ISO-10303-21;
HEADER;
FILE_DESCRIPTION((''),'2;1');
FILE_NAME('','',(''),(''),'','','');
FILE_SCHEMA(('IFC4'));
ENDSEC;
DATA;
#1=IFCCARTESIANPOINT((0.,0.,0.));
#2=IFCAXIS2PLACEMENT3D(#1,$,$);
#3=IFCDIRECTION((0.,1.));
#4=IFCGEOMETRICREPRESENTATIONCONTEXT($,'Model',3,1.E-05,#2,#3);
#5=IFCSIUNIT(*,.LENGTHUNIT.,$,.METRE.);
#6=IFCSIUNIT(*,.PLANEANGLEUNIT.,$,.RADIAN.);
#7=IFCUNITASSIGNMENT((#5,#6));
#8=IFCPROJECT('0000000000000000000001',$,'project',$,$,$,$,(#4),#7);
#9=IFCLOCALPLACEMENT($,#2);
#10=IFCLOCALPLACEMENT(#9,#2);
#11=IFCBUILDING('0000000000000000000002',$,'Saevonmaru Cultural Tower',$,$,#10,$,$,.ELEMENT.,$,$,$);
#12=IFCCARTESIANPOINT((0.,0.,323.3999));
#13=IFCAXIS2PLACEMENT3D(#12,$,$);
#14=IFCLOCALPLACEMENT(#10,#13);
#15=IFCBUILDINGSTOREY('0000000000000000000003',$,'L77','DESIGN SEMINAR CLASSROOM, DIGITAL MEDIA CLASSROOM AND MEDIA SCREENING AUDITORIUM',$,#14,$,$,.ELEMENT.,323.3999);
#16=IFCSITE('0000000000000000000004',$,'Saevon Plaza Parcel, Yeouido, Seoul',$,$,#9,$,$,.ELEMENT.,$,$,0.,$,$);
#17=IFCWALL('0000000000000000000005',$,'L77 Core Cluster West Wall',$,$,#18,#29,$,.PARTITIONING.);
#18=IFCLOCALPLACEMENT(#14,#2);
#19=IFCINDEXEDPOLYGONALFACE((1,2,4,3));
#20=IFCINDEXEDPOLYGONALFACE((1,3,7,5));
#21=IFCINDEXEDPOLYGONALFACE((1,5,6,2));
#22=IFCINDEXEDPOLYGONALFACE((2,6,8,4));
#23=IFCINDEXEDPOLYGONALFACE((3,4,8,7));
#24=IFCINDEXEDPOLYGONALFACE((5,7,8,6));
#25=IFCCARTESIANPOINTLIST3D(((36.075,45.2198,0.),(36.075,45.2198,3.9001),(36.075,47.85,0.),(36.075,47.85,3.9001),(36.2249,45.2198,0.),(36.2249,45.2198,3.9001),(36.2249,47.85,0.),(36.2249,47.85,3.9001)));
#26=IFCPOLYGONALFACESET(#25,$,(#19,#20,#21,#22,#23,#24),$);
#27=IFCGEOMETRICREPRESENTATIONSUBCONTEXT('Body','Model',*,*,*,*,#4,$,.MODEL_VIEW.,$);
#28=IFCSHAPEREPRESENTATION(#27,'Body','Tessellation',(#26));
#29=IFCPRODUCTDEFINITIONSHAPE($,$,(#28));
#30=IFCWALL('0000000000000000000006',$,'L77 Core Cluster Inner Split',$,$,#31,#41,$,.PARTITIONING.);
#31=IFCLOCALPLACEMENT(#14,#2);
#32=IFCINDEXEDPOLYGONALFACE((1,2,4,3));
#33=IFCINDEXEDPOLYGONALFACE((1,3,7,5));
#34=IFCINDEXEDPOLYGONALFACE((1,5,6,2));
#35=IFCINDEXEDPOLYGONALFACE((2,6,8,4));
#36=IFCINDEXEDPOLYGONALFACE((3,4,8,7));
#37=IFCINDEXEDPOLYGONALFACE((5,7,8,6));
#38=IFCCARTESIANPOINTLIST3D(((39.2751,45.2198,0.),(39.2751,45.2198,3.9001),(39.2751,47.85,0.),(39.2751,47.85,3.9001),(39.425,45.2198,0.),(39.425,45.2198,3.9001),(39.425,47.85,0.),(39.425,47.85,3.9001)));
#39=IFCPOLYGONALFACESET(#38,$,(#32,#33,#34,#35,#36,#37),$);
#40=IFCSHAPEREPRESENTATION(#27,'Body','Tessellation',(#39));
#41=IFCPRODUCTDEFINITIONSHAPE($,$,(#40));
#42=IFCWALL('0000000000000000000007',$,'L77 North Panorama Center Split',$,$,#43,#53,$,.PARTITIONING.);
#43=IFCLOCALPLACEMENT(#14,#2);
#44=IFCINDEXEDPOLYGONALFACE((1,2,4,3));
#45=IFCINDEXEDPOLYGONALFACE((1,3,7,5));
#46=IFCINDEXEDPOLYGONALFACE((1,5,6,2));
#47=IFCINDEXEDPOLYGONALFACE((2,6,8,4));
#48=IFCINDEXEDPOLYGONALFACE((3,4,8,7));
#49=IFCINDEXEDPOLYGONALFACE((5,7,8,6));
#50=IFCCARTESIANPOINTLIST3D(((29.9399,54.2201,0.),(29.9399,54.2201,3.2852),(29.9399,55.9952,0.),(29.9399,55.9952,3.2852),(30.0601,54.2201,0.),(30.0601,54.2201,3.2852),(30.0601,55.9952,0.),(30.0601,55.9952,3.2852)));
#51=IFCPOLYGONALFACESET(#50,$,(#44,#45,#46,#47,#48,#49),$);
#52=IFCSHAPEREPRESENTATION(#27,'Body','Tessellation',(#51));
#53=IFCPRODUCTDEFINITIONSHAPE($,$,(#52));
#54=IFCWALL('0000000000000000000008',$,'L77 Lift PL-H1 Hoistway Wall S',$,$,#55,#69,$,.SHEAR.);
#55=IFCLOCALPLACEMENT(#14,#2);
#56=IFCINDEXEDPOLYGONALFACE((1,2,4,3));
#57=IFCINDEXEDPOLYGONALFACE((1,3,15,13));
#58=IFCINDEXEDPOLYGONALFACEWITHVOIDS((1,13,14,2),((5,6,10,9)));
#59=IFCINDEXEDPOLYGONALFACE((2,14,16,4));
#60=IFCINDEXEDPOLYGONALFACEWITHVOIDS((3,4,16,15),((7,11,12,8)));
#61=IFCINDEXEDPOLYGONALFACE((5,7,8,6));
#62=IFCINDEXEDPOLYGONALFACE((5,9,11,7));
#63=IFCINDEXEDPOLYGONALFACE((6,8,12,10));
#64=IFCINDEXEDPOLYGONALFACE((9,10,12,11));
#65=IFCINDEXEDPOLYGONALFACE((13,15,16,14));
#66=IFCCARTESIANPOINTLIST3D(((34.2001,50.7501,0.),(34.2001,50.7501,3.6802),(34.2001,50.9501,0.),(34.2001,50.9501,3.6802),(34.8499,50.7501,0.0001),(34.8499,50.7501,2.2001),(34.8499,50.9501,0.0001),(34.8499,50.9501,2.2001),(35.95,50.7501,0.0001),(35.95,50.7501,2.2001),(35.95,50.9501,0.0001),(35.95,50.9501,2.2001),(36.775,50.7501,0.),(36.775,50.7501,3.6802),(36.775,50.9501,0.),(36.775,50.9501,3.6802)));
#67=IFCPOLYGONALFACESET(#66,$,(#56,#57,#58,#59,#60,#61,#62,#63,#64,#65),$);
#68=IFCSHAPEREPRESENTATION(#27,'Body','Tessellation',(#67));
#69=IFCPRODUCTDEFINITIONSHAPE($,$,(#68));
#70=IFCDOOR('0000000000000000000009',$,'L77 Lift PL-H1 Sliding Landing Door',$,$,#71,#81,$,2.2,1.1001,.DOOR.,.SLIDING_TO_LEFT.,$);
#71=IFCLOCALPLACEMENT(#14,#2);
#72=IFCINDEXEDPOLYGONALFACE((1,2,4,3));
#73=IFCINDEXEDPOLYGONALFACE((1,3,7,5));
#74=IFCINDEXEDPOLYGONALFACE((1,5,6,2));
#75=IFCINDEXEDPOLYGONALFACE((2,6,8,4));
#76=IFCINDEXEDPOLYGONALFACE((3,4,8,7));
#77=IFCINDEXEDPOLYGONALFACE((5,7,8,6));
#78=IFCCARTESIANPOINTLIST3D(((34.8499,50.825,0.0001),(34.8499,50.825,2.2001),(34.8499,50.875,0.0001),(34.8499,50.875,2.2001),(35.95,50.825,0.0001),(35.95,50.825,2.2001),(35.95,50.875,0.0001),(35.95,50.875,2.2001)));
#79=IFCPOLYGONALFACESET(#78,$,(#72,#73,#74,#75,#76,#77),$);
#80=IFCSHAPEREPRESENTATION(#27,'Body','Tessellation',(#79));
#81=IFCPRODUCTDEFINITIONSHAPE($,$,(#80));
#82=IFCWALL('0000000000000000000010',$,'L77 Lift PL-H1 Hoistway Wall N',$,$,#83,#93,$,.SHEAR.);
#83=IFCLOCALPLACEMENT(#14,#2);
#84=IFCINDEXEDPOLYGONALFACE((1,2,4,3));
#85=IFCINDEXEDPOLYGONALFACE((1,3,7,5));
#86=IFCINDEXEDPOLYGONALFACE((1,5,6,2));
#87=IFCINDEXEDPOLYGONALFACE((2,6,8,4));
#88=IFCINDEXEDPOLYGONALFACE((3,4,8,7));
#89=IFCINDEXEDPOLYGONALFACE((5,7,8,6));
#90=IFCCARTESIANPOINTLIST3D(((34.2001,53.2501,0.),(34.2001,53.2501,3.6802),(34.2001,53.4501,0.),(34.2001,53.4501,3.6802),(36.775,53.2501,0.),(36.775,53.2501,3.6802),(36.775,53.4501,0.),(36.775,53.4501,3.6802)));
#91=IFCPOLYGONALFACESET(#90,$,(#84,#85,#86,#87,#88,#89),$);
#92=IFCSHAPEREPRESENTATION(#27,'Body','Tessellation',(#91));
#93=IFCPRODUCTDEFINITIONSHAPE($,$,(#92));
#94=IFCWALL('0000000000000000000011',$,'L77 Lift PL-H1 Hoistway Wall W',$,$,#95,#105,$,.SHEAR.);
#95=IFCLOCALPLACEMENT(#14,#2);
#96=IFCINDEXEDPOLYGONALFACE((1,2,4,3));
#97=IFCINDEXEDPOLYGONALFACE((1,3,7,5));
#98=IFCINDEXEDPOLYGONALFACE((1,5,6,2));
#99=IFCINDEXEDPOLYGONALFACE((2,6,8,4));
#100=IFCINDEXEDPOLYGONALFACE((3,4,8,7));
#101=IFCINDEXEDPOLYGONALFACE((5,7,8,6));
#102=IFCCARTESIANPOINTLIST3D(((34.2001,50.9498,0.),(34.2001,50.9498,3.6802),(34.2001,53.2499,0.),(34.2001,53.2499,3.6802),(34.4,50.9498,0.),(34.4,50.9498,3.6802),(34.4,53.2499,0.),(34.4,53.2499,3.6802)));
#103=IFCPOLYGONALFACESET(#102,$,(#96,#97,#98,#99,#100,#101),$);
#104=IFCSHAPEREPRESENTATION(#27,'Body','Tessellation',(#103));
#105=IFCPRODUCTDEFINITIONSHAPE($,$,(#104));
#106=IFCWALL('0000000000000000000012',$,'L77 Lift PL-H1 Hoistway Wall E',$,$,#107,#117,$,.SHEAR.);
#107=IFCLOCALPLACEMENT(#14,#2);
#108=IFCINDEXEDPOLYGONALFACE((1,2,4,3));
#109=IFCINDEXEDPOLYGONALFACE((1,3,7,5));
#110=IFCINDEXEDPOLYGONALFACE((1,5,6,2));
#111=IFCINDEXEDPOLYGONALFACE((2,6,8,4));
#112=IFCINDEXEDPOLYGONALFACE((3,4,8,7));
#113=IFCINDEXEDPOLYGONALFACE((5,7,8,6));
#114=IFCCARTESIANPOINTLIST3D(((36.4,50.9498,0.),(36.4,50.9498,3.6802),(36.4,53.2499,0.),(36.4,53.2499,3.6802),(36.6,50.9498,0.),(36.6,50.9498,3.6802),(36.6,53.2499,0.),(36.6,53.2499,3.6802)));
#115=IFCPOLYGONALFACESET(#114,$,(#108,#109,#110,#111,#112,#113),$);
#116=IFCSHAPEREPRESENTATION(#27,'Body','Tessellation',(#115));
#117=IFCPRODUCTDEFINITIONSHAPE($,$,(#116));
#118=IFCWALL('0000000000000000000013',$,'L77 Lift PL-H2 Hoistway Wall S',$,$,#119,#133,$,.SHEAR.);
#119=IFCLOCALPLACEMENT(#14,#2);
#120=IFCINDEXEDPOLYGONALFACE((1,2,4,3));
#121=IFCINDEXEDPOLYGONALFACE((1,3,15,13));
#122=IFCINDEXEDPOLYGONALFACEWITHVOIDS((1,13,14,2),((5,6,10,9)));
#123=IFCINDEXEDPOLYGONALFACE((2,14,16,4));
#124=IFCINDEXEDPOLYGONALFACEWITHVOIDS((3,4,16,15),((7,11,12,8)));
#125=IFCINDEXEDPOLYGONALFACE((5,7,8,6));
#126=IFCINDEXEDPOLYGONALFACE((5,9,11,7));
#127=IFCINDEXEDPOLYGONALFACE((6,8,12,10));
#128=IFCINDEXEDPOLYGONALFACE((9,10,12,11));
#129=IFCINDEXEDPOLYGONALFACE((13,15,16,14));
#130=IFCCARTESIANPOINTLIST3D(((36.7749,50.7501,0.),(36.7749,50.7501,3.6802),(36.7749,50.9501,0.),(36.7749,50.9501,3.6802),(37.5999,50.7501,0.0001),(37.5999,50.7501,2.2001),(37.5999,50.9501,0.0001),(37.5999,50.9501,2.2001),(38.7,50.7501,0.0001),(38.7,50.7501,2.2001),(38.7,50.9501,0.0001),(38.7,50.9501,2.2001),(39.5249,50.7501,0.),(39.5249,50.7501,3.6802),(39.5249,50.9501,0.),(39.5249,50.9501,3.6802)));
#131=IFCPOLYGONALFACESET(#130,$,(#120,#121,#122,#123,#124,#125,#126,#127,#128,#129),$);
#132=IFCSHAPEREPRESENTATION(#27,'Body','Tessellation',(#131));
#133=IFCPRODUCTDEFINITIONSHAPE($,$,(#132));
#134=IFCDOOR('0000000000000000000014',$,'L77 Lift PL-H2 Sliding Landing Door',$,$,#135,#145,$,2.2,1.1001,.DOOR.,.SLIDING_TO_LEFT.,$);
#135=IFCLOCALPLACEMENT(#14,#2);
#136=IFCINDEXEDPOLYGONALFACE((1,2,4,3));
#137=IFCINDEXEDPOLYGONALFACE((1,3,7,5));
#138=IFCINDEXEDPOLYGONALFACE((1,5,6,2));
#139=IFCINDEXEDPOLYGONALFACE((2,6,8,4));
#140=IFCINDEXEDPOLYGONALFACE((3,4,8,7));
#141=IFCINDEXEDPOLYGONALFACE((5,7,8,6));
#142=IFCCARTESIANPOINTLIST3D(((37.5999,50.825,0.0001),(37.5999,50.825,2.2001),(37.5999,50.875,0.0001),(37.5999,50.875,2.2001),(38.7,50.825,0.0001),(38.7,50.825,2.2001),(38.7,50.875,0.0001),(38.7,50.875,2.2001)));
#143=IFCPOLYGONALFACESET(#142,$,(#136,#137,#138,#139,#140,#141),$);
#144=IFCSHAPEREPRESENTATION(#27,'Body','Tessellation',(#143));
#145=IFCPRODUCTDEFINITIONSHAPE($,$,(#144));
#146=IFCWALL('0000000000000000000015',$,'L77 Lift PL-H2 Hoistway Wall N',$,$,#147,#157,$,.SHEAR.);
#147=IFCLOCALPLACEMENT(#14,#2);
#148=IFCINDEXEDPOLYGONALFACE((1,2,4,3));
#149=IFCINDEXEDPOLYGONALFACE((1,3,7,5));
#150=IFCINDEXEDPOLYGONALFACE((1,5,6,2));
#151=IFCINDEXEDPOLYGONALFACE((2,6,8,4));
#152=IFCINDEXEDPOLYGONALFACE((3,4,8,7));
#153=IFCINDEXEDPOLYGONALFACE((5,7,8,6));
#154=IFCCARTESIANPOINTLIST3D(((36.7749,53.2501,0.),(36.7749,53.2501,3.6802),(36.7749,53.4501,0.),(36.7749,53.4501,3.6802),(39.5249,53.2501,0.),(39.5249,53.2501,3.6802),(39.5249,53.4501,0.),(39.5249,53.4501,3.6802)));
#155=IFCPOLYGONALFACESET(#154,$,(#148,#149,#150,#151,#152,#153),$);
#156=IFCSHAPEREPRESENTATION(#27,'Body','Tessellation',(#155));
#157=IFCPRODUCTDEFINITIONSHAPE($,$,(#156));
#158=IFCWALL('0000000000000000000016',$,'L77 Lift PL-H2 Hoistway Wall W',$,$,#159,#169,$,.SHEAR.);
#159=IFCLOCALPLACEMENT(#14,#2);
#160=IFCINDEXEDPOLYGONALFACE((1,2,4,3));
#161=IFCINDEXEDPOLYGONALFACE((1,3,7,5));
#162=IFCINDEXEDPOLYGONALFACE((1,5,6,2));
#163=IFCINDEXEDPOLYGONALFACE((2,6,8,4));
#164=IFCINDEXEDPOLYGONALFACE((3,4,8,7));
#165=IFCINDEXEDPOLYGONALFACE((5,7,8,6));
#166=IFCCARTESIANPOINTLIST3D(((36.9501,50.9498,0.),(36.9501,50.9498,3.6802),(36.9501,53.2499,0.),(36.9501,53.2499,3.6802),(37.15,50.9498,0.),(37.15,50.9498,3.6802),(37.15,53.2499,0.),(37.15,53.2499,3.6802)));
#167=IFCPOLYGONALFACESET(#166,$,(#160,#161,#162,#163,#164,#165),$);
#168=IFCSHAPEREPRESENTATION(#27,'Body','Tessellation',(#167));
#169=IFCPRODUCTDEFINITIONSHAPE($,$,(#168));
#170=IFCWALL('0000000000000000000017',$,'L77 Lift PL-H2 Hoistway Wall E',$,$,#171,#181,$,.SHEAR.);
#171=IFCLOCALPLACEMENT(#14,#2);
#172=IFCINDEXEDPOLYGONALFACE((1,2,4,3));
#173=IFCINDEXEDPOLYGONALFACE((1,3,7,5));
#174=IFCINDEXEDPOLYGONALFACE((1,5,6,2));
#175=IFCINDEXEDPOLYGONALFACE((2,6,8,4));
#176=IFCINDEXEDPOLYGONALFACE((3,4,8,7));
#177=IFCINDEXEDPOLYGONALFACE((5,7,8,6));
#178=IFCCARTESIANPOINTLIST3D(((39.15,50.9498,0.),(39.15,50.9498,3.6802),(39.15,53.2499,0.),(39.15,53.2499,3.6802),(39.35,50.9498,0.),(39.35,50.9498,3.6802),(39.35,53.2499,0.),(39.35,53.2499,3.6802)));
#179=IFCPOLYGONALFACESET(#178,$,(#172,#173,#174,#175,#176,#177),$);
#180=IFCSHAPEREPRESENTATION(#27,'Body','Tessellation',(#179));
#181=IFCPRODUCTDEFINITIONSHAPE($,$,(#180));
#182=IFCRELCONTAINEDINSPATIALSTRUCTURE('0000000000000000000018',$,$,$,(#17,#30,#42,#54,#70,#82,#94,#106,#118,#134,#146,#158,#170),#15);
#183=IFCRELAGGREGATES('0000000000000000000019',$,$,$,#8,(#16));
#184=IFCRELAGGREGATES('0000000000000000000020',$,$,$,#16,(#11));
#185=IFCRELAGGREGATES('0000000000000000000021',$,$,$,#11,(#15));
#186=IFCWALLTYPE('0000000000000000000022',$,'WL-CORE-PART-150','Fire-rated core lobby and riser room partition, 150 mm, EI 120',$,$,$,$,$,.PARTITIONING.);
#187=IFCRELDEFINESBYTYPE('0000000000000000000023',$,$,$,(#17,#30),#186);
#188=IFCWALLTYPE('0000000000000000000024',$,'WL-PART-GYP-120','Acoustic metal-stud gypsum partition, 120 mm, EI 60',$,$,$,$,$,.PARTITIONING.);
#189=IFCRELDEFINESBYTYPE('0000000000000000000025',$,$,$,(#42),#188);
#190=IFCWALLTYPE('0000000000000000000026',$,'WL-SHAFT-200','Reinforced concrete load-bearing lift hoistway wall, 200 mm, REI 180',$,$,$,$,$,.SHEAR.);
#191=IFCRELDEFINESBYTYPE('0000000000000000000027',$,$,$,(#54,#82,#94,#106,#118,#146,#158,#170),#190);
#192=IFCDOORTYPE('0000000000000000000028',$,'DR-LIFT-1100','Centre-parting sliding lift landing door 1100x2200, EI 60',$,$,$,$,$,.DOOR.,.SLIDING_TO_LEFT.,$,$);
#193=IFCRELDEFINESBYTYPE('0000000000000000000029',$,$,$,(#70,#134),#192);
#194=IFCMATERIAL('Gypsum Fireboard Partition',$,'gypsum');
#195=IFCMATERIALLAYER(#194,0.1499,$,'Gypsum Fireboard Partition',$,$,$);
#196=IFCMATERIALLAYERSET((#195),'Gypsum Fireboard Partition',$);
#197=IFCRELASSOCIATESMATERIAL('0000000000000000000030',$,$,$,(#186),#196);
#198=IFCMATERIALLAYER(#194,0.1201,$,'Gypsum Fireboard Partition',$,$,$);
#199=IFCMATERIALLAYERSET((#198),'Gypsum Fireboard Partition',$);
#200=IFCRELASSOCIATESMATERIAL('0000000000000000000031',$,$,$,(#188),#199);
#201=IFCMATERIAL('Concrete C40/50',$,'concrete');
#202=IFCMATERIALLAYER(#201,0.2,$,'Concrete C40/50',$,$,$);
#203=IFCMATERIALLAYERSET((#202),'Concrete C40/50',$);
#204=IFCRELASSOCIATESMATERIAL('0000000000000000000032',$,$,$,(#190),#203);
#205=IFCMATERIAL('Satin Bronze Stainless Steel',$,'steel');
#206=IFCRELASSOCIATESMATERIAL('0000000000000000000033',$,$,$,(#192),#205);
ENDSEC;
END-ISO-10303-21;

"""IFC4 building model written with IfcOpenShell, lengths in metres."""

from ifc_helpers import new_model, si_unit, direction, frame, frame_2d, origin, place, context, subcontext, project, spatial, rectangle, extrude, material, layer, layer_set, type_object, element, fill, save


model = new_model("IFC4")

# Units and contexts
model_context = context("Model", 3, precision=1e-05, world=origin(), true_north=direction((0.0, 1.0)))
body_context = subcontext(model_context, "Body", "Model", "MODEL_VIEW")
ifc_project = project(units=[si_unit("LENGTHUNIT", "METRE"), si_unit("PLANEANGLEUNIT", "RADIAN")], contexts=[model_context])

# Site, building, storey
site_placement = place(None, origin())
site = spatial("IfcSite", under=ifc_project, at=site_placement, Name="Saevon Plaza Parcel, Yeouido, Seoul", CompositionType="ELEMENT", RefElevation=0.0)
building_placement = place(site_placement, origin())
building = spatial("IfcBuilding", under=site, at=building_placement, Name="Saevonmaru Cultural Tower", CompositionType="ELEMENT")
storey_placement = place(building_placement, frame((0.0, 0.0, 323.3999)))
storey = spatial("IfcBuildingStorey", under=building, at=storey_placement, Name="L77", Description="DESIGN SEMINAR CLASSROOM, DIGITAL MEDIA CLASSROOM AND MEDIA SCREENING AUDITORIUM", CompositionType="ELEMENT", Elevation=323.3999)

# Shared definitions
ifc_material_1 = material(Name="Gypsum Fireboard Partition", Category="gypsum")
ifc_layer_1 = layer(ifc_material_1, 0.1499, Name="Gypsum Fireboard Partition")
ifc_layer_set_1 = layer_set([ifc_layer_1], Name="Gypsum Fireboard Partition")
wall_type_1 = type_object("IfcWallType", Name="WL-CORE-PART-150", Description="Fire-rated core lobby and riser room partition, 150 mm, EI 120", PredefinedType="PARTITIONING", material=ifc_layer_set_1)

# Walls
for number, where, z_axis, x_axis, name in (
    (1, (36.1499, 45.22, 0.0), (0.0, 0.0, 1.0), (0.0, 1.0, 0.0), "L77 Core Cluster West Wall"),
    (2, (39.3501, 45.22, 0.0), (0.0, 0.0, 1.0), (0.0, 1.0, 0.0), "L77 Core Cluster Inner Split"),
):
    element("IfcWall", number, at=place(storey_placement, frame(where, z_axis=z_axis, x_axis=x_axis)), inside=storey, type_object=wall_type_1, Name=name, PredefinedType="PARTITIONING", context=body_context, shape_type="SweptSolid", body=[
        extrude(rectangle(XDim=2.6301, YDim=0.1499, at=frame_2d((1.3149, 0.0))), origin(), (0.0, 0.0, 1.0), 3.9001),
    ])
ifc_layer_2 = layer(ifc_material_1, 0.1201, Name="Gypsum Fireboard Partition")
ifc_layer_set_2 = layer_set([ifc_layer_2], Name="Gypsum Fireboard Partition")
wall_type_2 = type_object("IfcWallType", Name="WL-PART-GYP-120", Description="Acoustic metal-stud gypsum partition, 120 mm, EI 60", PredefinedType="PARTITIONING", material=ifc_layer_set_2)
wall_1_placement = place(storey_placement, frame((30.0, 54.22, 0.0), z_axis=(0.0, 0.0, 1.0), x_axis=(0.0, 1.0, 0.0)))
element("IfcWall", 3, at=wall_1_placement, inside=storey, type_object=wall_type_2, Name="L77 North Panorama Center Split", PredefinedType="PARTITIONING", context=body_context, shape_type="SweptSolid", body=[
    extrude(rectangle(XDim=1.7751, YDim=0.1201, at=frame_2d((0.8877, 0.0))), origin(), (0.0, 0.0, 1.0), 3.2852),
])

# Wall, opening, door
ifc_material_2 = material(Name="Concrete C40/50", Category="concrete")
ifc_layer_3 = layer(ifc_material_2, 0.2, Name="Concrete C40/50")
ifc_layer_set_3 = layer_set([ifc_layer_3], Name="Concrete C40/50")
wall_type_3 = type_object("IfcWallType", Name="WL-SHAFT-200", Description="Reinforced concrete load-bearing lift hoistway wall, 200 mm, REI 180", PredefinedType="SHEAR", material=ifc_layer_set_3)
wall_2_placement = place(storey_placement, frame((34.2, 50.8501, 0.0), z_axis=(0.0, 0.0, 1.0), x_axis=(1.0, 0.0, 0.0)))
wall_2 = element("IfcWall", 4, at=wall_2_placement, inside=storey, type_object=wall_type_3, Name="L77 Lift PL-H1 Hoistway Wall S", PredefinedType="SHEAR", context=body_context, shape_type="SweptSolid", body=[
    extrude(rectangle(XDim=2.575, YDim=0.2, at=frame_2d((1.2876, 0.0))), origin(), (0.0, 0.0, 1.0), 3.6802),
])
opening_1_placement = place(wall_2_placement, frame((0.6499, 0.0, 0.0)))
opening_1 = element("IfcOpeningElement", 5, at=opening_1_placement, cuts=wall_2, PredefinedType="OPENING", context=body_context, shape_type="SweptSolid", body=[
    extrude(rectangle(XDim=1.1001, YDim=2.2, at=frame_2d((0.55, 1.1001))), frame((0.0, 0.1099, 0.0), z_axis=(0.0, -1.0, 0.0), x_axis=(1.0, 0.0, 0.0)), (0.0, 0.0, 1.0), 0.22),
])
ifc_material_3 = material(Name="Satin Bronze Stainless Steel", Category="steel")
door_type_1 = type_object("IfcDoorType", Name="DR-LIFT-1100", Description="Centre-parting sliding lift landing door 1100x2200, EI 60", OperationType="SLIDING_TO_LEFT", PredefinedType="DOOR", material=ifc_material_3)
door_1_placement = place(opening_1_placement, origin())
door_1 = element("IfcDoor", 6, at=door_1_placement, inside=storey, type_object=door_type_1, Name="L77 Lift PL-H1 Sliding Landing Door", OperationType="SLIDING_TO_LEFT", OverallHeight=2.2, OverallWidth=1.1001, PredefinedType="DOOR", context=body_context, shape_type="SweptSolid", body=[
    extrude(rectangle(XDim=1.1001, YDim=2.2, at=frame_2d((0.55, 1.1001))), frame((0.0, 0.0249, 0.0), z_axis=(0.0, -1.0, 0.0), x_axis=(1.0, 0.0, 0.0)), (0.0, 0.0, 1.0), 0.05),
])
fill(opening_1, door_1)

# Walls
wall_3_placement = place(storey_placement, frame((34.2, 53.3501, 0.0), z_axis=(0.0, 0.0, 1.0), x_axis=(1.0, 0.0, 0.0)))
element("IfcWall", 7, at=wall_3_placement, inside=storey, type_object=wall_type_3, Name="L77 Lift PL-H1 Hoistway Wall N", PredefinedType="SHEAR", context=body_context, shape_type="SweptSolid", body=[
    extrude(rectangle(XDim=2.575, YDim=0.2, at=frame_2d((1.2876, 0.0))), origin(), (0.0, 0.0, 1.0), 3.6802),
])
for number, where, z_axis, x_axis, name in (
    (8, (34.3, 50.95, 0.0), (0.0, 0.0, 1.0), (0.0, 1.0, 0.0), "L77 Lift PL-H1 Hoistway Wall W"),
    (9, (36.5, 50.95, 0.0), (0.0, 0.0, 1.0), (0.0, 1.0, 0.0), "L77 Lift PL-H1 Hoistway Wall E"),
):
    element("IfcWall", number, at=place(storey_placement, frame(where, z_axis=z_axis, x_axis=x_axis)), inside=storey, type_object=wall_type_3, Name=name, PredefinedType="SHEAR", context=body_context, shape_type="SweptSolid", body=[
        extrude(rectangle(XDim=2.3, YDim=0.2, at=frame_2d((1.1499, 0.0))), origin(), (0.0, 0.0, 1.0), 3.6802),
    ])

# Wall, opening, door
wall_4_placement = place(storey_placement, frame((36.7749, 50.8501, 0.0), z_axis=(0.0, 0.0, 1.0), x_axis=(1.0, 0.0, 0.0)))
wall_4 = element("IfcWall", 10, at=wall_4_placement, inside=storey, type_object=wall_type_3, Name="L77 Lift PL-H2 Hoistway Wall S", PredefinedType="SHEAR", context=body_context, shape_type="SweptSolid", body=[
    extrude(rectangle(XDim=2.75, YDim=0.2, at=frame_2d((1.375, 0.0))), origin(), (0.0, 0.0, 1.0), 3.6802),
])
opening_2_placement = place(wall_4_placement, frame((0.825, 0.0, 0.0)))
opening_2 = element("IfcOpeningElement", 11, at=opening_2_placement, cuts=wall_4, PredefinedType="OPENING", context=body_context, shape_type="SweptSolid", body=[
    extrude(rectangle(XDim=1.1001, YDim=2.2, at=frame_2d((0.55, 1.1001))), frame((0.0, 0.1099, 0.0), z_axis=(0.0, -1.0, 0.0), x_axis=(1.0, 0.0, 0.0)), (0.0, 0.0, 1.0), 0.22),
])
door_2_placement = place(opening_2_placement, origin())
door_2 = element("IfcDoor", 12, at=door_2_placement, inside=storey, type_object=door_type_1, Name="L77 Lift PL-H2 Sliding Landing Door", OperationType="SLIDING_TO_LEFT", OverallHeight=2.2, OverallWidth=1.1001, PredefinedType="DOOR", context=body_context, shape_type="SweptSolid", body=[
    extrude(rectangle(XDim=1.1001, YDim=2.2, at=frame_2d((0.55, 1.1001))), frame((0.0, 0.0249, 0.0), z_axis=(0.0, -1.0, 0.0), x_axis=(1.0, 0.0, 0.0)), (0.0, 0.0, 1.0), 0.05),
])
fill(opening_2, door_2)

# Walls
wall_5_placement = place(storey_placement, frame((36.7749, 53.3501, 0.0), z_axis=(0.0, 0.0, 1.0), x_axis=(1.0, 0.0, 0.0)))
element("IfcWall", 13, at=wall_5_placement, inside=storey, type_object=wall_type_3, Name="L77 Lift PL-H2 Hoistway Wall N", PredefinedType="SHEAR", context=body_context, shape_type="SweptSolid", body=[
    extrude(rectangle(XDim=2.75, YDim=0.2, at=frame_2d((1.375, 0.0))), origin(), (0.0, 0.0, 1.0), 3.6802),
])
for number, where, z_axis, x_axis, name in (
    (14, (37.05, 50.95, 0.0), (0.0, 0.0, 1.0), (0.0, 1.0, 0.0), "L77 Lift PL-H2 Hoistway Wall W"),
    (15, (39.25, 50.95, 0.0), (0.0, 0.0, 1.0), (0.0, 1.0, 0.0), "L77 Lift PL-H2 Hoistway Wall E"),
):
    element("IfcWall", number, at=place(storey_placement, frame(where, z_axis=z_axis, x_axis=x_axis)), inside=storey, type_object=wall_type_3, Name=name, PredefinedType="SHEAR", context=body_context, shape_type="SweptSolid", body=[
        extrude(rectangle(XDim=2.3, YDim=0.2, at=frame_2d((1.1499, 0.0))), origin(), (0.0, 0.0, 1.0), 3.6802),
    ])

save(model, "model.ifc")
